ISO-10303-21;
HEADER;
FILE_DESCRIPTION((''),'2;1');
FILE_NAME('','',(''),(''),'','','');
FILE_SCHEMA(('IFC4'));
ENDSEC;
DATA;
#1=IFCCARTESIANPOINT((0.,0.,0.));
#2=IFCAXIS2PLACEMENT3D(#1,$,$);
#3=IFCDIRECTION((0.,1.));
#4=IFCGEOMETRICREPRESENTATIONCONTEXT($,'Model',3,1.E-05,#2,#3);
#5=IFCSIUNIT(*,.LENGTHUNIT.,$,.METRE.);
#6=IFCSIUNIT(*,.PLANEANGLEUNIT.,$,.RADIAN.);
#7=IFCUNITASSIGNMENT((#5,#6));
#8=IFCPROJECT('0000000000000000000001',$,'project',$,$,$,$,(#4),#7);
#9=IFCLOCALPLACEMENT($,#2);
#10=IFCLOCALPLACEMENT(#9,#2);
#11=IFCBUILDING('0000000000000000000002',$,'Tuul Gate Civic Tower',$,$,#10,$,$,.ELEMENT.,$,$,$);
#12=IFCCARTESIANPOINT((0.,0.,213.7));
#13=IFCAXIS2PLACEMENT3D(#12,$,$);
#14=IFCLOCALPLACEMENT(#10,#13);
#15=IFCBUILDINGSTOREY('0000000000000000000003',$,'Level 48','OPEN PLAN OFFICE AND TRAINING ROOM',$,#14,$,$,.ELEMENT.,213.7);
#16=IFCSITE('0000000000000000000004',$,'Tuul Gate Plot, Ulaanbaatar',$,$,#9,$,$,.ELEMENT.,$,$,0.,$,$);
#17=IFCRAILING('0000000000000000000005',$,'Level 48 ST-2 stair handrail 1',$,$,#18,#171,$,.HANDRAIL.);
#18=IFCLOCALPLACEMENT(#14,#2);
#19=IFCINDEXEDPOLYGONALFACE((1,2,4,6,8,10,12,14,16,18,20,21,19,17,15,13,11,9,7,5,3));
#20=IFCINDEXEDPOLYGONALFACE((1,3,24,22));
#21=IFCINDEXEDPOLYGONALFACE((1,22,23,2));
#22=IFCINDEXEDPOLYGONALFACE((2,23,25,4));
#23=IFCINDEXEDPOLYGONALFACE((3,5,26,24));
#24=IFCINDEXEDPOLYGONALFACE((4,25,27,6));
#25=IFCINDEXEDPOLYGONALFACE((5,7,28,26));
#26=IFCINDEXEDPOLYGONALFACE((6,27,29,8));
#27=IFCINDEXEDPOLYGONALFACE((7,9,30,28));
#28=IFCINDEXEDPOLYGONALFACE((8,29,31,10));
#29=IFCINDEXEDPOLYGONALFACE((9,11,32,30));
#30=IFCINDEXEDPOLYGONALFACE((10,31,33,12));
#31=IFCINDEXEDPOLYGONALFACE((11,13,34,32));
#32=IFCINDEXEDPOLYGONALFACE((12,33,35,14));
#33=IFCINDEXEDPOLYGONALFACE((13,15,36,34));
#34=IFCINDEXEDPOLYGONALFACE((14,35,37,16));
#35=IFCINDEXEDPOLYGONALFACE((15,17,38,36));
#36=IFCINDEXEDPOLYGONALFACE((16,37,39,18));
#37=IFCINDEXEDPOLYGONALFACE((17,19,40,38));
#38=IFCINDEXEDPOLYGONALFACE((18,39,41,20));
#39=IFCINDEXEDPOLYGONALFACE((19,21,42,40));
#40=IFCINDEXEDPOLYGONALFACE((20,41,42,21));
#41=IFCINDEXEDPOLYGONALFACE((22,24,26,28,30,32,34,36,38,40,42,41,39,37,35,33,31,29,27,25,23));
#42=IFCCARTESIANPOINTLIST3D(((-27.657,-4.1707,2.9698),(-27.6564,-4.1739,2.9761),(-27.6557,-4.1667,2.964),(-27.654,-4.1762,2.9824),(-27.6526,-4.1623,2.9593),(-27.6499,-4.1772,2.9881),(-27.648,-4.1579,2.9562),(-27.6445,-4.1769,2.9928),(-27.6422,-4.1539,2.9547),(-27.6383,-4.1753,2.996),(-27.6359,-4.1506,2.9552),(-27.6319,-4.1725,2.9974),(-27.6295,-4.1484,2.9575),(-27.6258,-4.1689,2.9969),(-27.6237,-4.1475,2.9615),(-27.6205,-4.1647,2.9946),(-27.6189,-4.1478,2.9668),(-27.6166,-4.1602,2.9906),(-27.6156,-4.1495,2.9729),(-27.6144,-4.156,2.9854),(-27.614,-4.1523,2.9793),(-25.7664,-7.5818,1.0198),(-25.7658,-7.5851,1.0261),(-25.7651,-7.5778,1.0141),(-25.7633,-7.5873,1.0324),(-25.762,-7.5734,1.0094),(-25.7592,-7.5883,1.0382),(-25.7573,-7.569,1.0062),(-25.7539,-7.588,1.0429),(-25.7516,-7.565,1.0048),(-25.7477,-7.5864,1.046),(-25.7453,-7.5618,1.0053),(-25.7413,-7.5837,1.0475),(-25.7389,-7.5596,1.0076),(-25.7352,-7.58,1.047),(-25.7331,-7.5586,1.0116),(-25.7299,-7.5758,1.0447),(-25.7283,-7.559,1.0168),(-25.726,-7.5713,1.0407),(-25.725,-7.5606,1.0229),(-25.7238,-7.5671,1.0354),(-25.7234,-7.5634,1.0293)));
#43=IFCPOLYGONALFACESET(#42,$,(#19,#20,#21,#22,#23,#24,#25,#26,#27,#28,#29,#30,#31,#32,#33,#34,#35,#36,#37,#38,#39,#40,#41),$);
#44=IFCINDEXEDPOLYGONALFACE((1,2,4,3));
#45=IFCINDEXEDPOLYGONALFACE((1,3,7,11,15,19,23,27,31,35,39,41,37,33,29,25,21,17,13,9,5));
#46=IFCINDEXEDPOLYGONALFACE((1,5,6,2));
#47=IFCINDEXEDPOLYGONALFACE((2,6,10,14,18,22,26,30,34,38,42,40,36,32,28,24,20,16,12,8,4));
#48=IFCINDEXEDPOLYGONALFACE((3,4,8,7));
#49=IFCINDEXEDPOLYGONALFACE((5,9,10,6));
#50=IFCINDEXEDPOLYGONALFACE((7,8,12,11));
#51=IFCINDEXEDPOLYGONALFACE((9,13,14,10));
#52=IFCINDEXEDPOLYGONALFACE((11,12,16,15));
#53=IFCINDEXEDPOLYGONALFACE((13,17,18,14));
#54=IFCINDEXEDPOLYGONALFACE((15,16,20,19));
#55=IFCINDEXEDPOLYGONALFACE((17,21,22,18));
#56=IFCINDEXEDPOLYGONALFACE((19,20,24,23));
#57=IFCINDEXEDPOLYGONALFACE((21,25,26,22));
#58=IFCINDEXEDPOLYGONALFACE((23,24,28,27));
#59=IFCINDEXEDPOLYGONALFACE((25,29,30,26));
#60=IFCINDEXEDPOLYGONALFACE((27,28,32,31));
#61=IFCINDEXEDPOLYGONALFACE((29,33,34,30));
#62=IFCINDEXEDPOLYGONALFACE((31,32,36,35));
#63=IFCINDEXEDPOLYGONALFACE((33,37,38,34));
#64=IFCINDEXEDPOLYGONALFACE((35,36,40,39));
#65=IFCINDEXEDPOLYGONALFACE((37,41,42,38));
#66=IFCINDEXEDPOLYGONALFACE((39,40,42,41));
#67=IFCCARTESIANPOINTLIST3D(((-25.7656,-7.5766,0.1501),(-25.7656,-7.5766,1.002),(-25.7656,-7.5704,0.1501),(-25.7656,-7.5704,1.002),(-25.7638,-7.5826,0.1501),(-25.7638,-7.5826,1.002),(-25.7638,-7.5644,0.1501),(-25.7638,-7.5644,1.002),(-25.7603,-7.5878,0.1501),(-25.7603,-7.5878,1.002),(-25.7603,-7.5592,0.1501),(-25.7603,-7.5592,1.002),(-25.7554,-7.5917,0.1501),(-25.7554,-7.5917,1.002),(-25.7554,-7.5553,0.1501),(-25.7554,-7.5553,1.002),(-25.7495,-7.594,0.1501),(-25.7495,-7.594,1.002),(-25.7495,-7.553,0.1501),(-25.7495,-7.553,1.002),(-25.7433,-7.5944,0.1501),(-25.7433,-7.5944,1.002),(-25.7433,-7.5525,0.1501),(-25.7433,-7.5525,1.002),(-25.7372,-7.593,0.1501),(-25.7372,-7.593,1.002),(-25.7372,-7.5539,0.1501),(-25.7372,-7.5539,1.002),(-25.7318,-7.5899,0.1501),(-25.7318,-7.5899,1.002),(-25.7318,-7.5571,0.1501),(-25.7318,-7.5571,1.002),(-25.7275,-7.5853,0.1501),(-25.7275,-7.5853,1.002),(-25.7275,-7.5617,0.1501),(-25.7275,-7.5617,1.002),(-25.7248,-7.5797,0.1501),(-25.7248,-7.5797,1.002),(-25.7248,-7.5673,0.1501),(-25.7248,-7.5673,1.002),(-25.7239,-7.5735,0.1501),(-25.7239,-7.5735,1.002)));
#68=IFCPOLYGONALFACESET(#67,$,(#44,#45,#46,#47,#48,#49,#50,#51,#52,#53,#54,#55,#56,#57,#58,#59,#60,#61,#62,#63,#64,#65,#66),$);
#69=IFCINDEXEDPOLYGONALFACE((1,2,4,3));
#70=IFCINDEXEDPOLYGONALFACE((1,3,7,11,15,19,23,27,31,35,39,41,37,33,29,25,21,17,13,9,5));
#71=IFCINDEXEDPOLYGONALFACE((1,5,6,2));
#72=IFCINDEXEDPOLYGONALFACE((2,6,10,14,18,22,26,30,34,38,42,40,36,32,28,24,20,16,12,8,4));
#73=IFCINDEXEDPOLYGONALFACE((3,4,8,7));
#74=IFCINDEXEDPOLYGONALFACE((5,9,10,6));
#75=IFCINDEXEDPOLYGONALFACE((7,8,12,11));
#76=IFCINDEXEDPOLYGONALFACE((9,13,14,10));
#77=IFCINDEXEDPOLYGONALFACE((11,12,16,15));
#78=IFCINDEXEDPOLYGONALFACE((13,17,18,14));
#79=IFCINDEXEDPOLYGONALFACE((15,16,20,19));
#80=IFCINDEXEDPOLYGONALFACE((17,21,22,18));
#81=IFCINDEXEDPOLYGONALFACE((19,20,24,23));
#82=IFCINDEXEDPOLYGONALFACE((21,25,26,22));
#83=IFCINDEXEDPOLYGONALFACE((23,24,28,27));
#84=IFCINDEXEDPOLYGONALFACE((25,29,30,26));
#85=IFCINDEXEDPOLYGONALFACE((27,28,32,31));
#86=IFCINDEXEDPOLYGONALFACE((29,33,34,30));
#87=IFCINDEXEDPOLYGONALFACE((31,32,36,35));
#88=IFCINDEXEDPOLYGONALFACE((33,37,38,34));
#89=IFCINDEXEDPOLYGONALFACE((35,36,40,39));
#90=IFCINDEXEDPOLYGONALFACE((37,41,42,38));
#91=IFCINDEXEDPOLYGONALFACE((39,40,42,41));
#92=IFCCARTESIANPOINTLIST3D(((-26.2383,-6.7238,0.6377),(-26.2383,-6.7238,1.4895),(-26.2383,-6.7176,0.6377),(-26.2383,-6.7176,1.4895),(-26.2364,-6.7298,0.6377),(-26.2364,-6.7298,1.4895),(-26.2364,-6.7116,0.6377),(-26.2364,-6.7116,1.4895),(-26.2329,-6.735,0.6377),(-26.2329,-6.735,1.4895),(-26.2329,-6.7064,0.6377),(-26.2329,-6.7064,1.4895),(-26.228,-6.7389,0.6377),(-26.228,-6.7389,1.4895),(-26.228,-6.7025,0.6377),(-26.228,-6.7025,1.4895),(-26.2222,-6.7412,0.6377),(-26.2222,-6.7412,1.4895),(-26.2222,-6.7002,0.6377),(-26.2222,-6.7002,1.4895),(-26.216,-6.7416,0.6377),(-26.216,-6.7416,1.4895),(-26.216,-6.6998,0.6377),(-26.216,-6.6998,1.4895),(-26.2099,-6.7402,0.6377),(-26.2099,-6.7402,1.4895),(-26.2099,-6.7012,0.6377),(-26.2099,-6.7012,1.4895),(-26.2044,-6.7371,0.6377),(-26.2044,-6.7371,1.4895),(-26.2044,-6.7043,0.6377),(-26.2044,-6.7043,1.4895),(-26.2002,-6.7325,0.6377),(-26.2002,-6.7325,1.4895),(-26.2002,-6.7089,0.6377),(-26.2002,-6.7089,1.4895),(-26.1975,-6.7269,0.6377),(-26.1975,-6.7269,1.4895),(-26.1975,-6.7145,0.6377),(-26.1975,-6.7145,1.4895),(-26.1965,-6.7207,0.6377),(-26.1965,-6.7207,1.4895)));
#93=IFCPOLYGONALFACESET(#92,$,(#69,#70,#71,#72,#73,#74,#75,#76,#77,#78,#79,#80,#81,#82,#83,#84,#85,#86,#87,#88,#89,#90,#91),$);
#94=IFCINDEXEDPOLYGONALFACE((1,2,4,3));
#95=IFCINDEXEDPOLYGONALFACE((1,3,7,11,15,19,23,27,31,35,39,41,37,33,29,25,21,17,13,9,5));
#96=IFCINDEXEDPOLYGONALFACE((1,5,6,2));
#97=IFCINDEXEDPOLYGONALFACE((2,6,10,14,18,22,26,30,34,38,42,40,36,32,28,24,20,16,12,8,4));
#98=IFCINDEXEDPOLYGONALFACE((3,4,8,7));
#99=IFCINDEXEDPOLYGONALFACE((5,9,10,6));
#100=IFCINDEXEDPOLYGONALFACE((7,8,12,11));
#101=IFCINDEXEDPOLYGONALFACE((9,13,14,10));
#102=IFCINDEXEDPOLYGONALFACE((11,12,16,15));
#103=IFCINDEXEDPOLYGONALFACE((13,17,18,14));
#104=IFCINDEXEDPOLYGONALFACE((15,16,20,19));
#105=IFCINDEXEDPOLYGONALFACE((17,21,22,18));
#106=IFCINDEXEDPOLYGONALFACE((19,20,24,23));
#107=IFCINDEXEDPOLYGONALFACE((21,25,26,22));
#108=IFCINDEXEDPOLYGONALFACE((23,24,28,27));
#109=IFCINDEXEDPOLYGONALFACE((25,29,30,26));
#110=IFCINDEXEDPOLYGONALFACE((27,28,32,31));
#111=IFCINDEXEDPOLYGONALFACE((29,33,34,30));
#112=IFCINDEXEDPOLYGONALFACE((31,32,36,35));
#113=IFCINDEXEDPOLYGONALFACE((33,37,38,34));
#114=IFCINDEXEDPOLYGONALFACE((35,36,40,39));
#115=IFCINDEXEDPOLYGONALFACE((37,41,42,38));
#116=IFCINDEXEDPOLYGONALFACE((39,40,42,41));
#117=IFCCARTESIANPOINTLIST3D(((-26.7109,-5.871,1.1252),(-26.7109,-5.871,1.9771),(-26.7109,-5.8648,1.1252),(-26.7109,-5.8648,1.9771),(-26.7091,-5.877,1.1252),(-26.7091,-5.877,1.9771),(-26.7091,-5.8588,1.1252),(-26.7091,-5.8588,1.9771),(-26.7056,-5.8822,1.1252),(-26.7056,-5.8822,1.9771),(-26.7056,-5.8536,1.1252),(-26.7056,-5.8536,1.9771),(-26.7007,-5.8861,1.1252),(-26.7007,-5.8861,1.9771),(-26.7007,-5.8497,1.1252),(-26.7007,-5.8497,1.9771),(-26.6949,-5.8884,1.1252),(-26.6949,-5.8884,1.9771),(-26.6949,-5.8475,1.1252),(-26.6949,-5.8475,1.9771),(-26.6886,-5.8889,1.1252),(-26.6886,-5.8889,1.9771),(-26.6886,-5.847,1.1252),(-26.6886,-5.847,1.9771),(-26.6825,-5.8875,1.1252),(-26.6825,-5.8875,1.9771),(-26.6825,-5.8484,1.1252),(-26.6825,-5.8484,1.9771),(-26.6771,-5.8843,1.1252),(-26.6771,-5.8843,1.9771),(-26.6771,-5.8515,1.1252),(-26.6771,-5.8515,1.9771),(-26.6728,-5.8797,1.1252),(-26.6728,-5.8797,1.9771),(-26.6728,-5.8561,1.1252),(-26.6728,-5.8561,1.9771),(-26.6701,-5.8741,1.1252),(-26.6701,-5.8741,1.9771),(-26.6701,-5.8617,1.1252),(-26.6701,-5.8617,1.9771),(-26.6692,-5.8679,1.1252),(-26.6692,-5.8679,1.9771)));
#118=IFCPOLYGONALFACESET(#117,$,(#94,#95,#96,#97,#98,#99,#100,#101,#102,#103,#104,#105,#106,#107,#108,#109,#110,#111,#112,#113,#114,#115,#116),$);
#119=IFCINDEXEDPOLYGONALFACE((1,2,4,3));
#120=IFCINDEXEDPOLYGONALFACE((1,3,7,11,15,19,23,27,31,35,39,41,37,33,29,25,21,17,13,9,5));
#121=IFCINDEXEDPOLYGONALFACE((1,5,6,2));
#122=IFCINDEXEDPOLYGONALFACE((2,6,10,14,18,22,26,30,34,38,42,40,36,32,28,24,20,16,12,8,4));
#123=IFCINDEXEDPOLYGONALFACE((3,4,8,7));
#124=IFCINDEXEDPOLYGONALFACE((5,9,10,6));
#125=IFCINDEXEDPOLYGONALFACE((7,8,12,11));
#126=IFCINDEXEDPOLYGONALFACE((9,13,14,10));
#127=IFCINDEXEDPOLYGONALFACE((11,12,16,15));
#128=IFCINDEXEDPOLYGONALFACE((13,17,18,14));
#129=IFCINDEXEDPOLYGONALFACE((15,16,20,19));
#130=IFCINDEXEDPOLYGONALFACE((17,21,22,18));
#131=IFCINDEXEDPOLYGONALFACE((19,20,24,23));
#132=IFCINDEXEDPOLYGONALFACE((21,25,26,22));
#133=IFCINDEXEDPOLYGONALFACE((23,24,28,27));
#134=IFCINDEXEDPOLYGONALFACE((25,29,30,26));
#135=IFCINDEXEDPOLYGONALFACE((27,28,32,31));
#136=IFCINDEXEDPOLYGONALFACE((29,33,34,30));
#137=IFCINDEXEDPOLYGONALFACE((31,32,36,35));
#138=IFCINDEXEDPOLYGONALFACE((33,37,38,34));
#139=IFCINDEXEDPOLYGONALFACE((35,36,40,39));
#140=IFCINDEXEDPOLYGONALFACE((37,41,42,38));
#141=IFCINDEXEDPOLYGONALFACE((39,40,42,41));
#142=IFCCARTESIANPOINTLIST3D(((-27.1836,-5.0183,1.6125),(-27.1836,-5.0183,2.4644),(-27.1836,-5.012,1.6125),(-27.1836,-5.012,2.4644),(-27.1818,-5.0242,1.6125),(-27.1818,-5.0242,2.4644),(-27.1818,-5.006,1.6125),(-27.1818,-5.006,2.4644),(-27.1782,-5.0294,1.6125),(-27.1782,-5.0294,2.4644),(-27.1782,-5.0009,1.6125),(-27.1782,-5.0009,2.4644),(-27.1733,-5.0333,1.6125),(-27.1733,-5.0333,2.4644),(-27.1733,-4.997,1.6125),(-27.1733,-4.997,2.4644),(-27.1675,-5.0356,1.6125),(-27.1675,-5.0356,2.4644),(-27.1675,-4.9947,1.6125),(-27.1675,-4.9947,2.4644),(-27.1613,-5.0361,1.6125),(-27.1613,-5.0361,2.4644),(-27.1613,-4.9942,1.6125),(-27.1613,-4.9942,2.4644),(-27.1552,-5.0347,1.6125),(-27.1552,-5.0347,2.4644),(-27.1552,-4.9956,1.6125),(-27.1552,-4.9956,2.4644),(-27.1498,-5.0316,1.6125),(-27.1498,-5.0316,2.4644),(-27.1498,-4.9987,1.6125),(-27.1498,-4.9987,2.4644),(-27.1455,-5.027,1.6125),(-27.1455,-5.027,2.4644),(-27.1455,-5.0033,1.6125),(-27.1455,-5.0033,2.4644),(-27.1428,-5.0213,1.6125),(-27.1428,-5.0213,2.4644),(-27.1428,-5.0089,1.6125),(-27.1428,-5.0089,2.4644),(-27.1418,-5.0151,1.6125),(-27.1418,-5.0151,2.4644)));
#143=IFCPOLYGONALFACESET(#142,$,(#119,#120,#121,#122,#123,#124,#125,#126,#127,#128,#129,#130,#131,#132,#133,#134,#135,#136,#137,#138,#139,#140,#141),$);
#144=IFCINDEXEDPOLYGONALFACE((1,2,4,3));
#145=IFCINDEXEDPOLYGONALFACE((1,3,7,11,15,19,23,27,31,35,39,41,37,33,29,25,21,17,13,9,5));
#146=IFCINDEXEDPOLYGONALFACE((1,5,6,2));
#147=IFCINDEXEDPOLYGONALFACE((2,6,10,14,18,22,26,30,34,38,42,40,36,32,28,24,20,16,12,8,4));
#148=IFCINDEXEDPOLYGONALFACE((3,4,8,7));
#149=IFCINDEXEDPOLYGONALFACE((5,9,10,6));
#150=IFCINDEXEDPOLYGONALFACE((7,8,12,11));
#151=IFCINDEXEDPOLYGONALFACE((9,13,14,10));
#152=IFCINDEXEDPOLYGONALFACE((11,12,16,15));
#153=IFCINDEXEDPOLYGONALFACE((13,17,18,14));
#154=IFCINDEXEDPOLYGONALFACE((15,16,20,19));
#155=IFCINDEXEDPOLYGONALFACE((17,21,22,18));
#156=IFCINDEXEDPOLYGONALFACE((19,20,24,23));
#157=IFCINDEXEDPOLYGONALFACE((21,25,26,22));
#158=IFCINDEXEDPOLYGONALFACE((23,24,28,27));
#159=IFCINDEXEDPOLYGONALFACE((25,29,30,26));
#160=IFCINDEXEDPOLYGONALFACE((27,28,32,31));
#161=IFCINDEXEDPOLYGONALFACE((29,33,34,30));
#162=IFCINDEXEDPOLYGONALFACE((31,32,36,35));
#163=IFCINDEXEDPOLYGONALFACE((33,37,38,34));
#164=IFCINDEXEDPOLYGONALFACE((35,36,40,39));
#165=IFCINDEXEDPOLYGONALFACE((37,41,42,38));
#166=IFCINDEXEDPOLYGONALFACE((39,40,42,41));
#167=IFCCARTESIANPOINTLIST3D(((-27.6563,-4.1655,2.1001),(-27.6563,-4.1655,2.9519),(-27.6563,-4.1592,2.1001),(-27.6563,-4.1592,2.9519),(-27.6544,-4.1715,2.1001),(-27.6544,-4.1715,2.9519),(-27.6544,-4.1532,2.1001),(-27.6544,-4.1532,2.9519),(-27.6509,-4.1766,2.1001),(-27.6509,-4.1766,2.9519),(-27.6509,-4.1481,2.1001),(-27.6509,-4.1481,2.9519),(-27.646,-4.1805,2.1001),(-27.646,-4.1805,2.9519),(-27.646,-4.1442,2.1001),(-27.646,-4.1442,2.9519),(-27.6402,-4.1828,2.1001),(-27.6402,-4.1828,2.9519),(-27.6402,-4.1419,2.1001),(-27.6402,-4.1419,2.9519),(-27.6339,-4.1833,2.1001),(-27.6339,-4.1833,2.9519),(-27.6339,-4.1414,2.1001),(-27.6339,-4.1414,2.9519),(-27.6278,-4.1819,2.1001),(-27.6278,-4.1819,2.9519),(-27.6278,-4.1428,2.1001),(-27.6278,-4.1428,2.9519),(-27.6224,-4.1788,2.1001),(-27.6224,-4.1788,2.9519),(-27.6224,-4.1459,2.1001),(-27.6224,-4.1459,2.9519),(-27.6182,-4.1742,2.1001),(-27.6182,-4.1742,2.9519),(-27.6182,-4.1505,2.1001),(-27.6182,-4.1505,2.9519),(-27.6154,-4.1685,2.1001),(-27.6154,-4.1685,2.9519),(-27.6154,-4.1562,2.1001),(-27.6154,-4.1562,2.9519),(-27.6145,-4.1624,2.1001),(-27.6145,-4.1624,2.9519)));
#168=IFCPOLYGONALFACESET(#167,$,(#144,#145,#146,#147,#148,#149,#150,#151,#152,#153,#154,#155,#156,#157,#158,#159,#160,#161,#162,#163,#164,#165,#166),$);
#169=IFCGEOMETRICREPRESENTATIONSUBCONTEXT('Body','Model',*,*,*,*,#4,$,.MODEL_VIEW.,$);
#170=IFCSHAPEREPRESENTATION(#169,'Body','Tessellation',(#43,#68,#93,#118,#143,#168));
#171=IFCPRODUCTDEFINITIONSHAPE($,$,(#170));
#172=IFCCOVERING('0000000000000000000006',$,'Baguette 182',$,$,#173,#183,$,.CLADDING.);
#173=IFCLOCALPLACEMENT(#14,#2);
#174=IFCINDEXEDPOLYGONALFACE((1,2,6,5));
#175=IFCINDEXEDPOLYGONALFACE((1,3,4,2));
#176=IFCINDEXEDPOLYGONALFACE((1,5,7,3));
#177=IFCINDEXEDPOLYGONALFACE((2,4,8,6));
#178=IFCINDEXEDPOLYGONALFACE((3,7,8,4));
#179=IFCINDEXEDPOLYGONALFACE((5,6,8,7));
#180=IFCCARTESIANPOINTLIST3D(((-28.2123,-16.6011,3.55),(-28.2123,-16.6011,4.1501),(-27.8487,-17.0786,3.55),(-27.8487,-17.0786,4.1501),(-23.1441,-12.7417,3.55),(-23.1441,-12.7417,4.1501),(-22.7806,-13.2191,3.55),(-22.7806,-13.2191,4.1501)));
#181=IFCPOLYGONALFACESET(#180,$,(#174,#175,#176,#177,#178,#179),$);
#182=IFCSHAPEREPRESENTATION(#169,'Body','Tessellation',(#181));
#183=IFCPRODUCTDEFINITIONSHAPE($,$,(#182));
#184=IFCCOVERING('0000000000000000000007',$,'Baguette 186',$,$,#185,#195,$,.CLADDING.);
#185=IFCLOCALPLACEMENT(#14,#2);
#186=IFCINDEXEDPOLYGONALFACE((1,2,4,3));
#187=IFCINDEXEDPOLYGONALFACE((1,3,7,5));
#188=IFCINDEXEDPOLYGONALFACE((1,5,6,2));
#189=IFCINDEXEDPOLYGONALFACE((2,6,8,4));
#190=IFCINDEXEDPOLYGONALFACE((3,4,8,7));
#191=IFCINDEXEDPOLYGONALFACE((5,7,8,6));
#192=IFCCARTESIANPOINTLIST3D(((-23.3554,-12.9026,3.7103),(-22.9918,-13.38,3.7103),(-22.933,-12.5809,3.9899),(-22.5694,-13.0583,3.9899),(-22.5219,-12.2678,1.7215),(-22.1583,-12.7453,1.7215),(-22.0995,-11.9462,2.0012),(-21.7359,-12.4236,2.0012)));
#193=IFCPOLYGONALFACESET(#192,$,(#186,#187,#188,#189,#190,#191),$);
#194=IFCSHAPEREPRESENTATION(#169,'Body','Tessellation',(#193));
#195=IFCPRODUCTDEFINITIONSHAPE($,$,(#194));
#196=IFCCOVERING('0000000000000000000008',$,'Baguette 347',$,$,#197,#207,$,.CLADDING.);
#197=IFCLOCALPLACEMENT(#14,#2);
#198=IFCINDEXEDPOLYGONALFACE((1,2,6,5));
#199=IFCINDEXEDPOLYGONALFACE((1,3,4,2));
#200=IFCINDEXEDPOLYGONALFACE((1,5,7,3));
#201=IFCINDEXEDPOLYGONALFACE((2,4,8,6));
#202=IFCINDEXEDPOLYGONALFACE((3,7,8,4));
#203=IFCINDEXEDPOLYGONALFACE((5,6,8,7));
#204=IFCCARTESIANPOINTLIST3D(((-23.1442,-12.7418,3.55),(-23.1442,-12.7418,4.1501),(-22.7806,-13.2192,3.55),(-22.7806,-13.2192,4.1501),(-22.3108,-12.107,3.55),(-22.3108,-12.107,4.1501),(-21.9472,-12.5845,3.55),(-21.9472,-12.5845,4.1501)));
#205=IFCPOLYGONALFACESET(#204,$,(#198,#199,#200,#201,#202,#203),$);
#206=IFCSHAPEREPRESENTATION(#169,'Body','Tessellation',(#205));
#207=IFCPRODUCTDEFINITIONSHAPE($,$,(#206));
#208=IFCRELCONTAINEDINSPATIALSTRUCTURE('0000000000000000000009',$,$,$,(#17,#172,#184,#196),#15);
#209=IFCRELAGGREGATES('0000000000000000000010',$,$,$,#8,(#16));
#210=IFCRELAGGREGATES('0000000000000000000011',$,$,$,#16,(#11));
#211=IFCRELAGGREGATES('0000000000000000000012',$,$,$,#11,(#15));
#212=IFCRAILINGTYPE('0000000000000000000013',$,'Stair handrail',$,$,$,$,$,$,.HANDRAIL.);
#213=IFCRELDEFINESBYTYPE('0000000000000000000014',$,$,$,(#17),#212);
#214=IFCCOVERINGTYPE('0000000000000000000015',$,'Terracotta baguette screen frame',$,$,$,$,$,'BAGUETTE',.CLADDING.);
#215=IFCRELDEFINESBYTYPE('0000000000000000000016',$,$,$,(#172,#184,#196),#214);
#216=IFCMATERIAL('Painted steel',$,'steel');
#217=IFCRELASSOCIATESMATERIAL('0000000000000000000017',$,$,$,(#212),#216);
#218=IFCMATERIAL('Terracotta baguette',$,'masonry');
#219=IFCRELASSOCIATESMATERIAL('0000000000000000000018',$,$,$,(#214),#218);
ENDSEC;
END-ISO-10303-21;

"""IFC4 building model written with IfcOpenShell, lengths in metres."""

from ifc_helpers import new_model, si_unit, direction, frame, origin, origin_2d, place, context, subcontext, project, spatial, rectangle, circle, extrude, material, material_profile, profile_set, type_object, element, save


model = new_model("IFC4")

# Units and contexts
model_context = context("Model", 3, precision=1e-05, world=origin(), true_north=direction((0.0, 1.0)))
body_context = subcontext(model_context, "Body", "Model", "MODEL_VIEW")
ifc_project = project(units=[si_unit("LENGTHUNIT", "METRE"), si_unit("PLANEANGLEUNIT", "RADIAN")], contexts=[model_context])

# Site, building, storey
site_placement = place(None, origin())
site = spatial("IfcSite", under=ifc_project, at=site_placement, Name="Tuul Gate Plot, Ulaanbaatar", CompositionType="ELEMENT", RefElevation=0.0)
building_placement = place(site_placement, origin())
building = spatial("IfcBuilding", under=site, at=building_placement, Name="Tuul Gate Civic Tower", CompositionType="ELEMENT")
storey_placement = place(building_placement, frame((0.0, 0.0, 213.7)))
storey = spatial("IfcBuildingStorey", under=building, at=storey_placement, Name="Level 48", Description="OPEN PLAN OFFICE AND TRAINING ROOM", CompositionType="ELEMENT", Elevation=213.7)

# Railing
ifc_material_1 = material(Name="Painted steel", Category="steel")
railing_type_1 = type_object("IfcRailingType", Name="Stair handrail", PredefinedType="HANDRAIL", material=ifc_material_1)
railing_1_placement = place(storey_placement, frame((-25.7449, -7.5735, 0.1501)))
element("IfcRailing", 1, at=railing_1_placement, inside=storey, type_object=railing_type_1, Name="Level 48 ST-2 stair handrail 1", PredefinedType="HANDRAIL", context=body_context, shape_type="SweptSolid", body=[
    extrude(circle(Radius=0.0239, at=origin_2d()), frame((0.0, 0.0, 0.876), z_axis=(-0.433595, 0.782308, 0.447201), x_axis=(-0.874641, -0.484771, 0.0)), (0.0, 0.0, 1.0), 4.3604),
    extrude(circle(Radius=0.021, at=origin_2d()), origin(), (0.0, 0.0, 1.0), 0.8518),
    extrude(circle(Radius=0.021, at=origin_2d()), frame((-0.4727, 0.8528, 0.4875)), (0.0, 0.0, 1.0), 0.8518),
    extrude(circle(Radius=0.021, at=origin_2d()), frame((-0.9453, 1.7056, 0.9751)), (0.0, 0.0, 1.0), 0.8518),
    extrude(circle(Radius=0.021, at=origin_2d()), frame((-1.418, 2.5583, 1.4624)), (0.0, 0.0, 1.0), 0.8518),
    extrude(circle(Radius=0.021, at=origin_2d()), frame((-1.8906, 3.4111, 1.95)), (0.0, 0.0, 1.0), 0.8518),
])

# Coverings
ifc_material_2 = material(Name="Terracotta baguette", Category="masonry")
ifc_material_profile_1 = material_profile(ifc_material_2, rectangle(XDim=0.6001, YDim=0.6001, at=origin_2d()), Name="Terracotta baguette screen frame")
ifc_profile_set_1 = profile_set([ifc_material_profile_1], Name="Terracotta baguette")
covering_type = type_object("IfcCoveringType", Name="Terracotta baguette screen frame", ElementType="BAGUETTE", PredefinedType="CLADDING", material=ifc_profile_set_1)
covering_1_placement = place(storey_placement, frame((-28.0305, -16.8398, 3.8501), z_axis=(0.795587, 0.60584, 0.0), x_axis=(-0.60584, 0.795587, 0.0)))
element("IfcCovering", 2, at=covering_1_placement, inside=storey, type_object=covering_type, Name="Baguette 182", PredefinedType="CLADDING", context=body_context, shape_type="SweptSolid", body=[
    extrude(rectangle(XDim=0.6001, YDim=0.6001, at=origin_2d()), origin(), (0.0, 0.0, 1.0), 6.3704),
])
covering_2_placement = place(storey_placement, frame((-22.9624, -12.9805, 3.8501), z_axis=(0.370796, 0.282387, -0.884741), x_axis=(-0.605875, 0.79556, 0.0)))
element("IfcCovering", 3, at=covering_2_placement, inside=storey, type_object=covering_type, Name="Baguette 186", PredefinedType="CLADDING", context=body_context, shape_type="SweptSolid", body=[
    extrude(rectangle(XDim=0.6001, YDim=0.6001, at=origin_2d()), origin(), (0.0, 0.0, 1.0), 2.2478),
])
covering_3_placement = place(storey_placement, frame((-22.9624, -12.9805, 3.8501), z_axis=(0.79556, 0.605875, 0.0), x_axis=(-0.605875, 0.79556, 0.0)))
element("IfcCovering", 4, at=covering_3_placement, inside=storey, type_object=covering_type, Name="Baguette 347", PredefinedType="CLADDING", context=body_context, shape_type="SweptSolid", body=[
    extrude(rectangle(XDim=0.6001, YDim=0.6001, at=origin_2d()), origin(), (0.0, 0.0, 1.0), 1.0476),
])

save(model, "model.ifc")
